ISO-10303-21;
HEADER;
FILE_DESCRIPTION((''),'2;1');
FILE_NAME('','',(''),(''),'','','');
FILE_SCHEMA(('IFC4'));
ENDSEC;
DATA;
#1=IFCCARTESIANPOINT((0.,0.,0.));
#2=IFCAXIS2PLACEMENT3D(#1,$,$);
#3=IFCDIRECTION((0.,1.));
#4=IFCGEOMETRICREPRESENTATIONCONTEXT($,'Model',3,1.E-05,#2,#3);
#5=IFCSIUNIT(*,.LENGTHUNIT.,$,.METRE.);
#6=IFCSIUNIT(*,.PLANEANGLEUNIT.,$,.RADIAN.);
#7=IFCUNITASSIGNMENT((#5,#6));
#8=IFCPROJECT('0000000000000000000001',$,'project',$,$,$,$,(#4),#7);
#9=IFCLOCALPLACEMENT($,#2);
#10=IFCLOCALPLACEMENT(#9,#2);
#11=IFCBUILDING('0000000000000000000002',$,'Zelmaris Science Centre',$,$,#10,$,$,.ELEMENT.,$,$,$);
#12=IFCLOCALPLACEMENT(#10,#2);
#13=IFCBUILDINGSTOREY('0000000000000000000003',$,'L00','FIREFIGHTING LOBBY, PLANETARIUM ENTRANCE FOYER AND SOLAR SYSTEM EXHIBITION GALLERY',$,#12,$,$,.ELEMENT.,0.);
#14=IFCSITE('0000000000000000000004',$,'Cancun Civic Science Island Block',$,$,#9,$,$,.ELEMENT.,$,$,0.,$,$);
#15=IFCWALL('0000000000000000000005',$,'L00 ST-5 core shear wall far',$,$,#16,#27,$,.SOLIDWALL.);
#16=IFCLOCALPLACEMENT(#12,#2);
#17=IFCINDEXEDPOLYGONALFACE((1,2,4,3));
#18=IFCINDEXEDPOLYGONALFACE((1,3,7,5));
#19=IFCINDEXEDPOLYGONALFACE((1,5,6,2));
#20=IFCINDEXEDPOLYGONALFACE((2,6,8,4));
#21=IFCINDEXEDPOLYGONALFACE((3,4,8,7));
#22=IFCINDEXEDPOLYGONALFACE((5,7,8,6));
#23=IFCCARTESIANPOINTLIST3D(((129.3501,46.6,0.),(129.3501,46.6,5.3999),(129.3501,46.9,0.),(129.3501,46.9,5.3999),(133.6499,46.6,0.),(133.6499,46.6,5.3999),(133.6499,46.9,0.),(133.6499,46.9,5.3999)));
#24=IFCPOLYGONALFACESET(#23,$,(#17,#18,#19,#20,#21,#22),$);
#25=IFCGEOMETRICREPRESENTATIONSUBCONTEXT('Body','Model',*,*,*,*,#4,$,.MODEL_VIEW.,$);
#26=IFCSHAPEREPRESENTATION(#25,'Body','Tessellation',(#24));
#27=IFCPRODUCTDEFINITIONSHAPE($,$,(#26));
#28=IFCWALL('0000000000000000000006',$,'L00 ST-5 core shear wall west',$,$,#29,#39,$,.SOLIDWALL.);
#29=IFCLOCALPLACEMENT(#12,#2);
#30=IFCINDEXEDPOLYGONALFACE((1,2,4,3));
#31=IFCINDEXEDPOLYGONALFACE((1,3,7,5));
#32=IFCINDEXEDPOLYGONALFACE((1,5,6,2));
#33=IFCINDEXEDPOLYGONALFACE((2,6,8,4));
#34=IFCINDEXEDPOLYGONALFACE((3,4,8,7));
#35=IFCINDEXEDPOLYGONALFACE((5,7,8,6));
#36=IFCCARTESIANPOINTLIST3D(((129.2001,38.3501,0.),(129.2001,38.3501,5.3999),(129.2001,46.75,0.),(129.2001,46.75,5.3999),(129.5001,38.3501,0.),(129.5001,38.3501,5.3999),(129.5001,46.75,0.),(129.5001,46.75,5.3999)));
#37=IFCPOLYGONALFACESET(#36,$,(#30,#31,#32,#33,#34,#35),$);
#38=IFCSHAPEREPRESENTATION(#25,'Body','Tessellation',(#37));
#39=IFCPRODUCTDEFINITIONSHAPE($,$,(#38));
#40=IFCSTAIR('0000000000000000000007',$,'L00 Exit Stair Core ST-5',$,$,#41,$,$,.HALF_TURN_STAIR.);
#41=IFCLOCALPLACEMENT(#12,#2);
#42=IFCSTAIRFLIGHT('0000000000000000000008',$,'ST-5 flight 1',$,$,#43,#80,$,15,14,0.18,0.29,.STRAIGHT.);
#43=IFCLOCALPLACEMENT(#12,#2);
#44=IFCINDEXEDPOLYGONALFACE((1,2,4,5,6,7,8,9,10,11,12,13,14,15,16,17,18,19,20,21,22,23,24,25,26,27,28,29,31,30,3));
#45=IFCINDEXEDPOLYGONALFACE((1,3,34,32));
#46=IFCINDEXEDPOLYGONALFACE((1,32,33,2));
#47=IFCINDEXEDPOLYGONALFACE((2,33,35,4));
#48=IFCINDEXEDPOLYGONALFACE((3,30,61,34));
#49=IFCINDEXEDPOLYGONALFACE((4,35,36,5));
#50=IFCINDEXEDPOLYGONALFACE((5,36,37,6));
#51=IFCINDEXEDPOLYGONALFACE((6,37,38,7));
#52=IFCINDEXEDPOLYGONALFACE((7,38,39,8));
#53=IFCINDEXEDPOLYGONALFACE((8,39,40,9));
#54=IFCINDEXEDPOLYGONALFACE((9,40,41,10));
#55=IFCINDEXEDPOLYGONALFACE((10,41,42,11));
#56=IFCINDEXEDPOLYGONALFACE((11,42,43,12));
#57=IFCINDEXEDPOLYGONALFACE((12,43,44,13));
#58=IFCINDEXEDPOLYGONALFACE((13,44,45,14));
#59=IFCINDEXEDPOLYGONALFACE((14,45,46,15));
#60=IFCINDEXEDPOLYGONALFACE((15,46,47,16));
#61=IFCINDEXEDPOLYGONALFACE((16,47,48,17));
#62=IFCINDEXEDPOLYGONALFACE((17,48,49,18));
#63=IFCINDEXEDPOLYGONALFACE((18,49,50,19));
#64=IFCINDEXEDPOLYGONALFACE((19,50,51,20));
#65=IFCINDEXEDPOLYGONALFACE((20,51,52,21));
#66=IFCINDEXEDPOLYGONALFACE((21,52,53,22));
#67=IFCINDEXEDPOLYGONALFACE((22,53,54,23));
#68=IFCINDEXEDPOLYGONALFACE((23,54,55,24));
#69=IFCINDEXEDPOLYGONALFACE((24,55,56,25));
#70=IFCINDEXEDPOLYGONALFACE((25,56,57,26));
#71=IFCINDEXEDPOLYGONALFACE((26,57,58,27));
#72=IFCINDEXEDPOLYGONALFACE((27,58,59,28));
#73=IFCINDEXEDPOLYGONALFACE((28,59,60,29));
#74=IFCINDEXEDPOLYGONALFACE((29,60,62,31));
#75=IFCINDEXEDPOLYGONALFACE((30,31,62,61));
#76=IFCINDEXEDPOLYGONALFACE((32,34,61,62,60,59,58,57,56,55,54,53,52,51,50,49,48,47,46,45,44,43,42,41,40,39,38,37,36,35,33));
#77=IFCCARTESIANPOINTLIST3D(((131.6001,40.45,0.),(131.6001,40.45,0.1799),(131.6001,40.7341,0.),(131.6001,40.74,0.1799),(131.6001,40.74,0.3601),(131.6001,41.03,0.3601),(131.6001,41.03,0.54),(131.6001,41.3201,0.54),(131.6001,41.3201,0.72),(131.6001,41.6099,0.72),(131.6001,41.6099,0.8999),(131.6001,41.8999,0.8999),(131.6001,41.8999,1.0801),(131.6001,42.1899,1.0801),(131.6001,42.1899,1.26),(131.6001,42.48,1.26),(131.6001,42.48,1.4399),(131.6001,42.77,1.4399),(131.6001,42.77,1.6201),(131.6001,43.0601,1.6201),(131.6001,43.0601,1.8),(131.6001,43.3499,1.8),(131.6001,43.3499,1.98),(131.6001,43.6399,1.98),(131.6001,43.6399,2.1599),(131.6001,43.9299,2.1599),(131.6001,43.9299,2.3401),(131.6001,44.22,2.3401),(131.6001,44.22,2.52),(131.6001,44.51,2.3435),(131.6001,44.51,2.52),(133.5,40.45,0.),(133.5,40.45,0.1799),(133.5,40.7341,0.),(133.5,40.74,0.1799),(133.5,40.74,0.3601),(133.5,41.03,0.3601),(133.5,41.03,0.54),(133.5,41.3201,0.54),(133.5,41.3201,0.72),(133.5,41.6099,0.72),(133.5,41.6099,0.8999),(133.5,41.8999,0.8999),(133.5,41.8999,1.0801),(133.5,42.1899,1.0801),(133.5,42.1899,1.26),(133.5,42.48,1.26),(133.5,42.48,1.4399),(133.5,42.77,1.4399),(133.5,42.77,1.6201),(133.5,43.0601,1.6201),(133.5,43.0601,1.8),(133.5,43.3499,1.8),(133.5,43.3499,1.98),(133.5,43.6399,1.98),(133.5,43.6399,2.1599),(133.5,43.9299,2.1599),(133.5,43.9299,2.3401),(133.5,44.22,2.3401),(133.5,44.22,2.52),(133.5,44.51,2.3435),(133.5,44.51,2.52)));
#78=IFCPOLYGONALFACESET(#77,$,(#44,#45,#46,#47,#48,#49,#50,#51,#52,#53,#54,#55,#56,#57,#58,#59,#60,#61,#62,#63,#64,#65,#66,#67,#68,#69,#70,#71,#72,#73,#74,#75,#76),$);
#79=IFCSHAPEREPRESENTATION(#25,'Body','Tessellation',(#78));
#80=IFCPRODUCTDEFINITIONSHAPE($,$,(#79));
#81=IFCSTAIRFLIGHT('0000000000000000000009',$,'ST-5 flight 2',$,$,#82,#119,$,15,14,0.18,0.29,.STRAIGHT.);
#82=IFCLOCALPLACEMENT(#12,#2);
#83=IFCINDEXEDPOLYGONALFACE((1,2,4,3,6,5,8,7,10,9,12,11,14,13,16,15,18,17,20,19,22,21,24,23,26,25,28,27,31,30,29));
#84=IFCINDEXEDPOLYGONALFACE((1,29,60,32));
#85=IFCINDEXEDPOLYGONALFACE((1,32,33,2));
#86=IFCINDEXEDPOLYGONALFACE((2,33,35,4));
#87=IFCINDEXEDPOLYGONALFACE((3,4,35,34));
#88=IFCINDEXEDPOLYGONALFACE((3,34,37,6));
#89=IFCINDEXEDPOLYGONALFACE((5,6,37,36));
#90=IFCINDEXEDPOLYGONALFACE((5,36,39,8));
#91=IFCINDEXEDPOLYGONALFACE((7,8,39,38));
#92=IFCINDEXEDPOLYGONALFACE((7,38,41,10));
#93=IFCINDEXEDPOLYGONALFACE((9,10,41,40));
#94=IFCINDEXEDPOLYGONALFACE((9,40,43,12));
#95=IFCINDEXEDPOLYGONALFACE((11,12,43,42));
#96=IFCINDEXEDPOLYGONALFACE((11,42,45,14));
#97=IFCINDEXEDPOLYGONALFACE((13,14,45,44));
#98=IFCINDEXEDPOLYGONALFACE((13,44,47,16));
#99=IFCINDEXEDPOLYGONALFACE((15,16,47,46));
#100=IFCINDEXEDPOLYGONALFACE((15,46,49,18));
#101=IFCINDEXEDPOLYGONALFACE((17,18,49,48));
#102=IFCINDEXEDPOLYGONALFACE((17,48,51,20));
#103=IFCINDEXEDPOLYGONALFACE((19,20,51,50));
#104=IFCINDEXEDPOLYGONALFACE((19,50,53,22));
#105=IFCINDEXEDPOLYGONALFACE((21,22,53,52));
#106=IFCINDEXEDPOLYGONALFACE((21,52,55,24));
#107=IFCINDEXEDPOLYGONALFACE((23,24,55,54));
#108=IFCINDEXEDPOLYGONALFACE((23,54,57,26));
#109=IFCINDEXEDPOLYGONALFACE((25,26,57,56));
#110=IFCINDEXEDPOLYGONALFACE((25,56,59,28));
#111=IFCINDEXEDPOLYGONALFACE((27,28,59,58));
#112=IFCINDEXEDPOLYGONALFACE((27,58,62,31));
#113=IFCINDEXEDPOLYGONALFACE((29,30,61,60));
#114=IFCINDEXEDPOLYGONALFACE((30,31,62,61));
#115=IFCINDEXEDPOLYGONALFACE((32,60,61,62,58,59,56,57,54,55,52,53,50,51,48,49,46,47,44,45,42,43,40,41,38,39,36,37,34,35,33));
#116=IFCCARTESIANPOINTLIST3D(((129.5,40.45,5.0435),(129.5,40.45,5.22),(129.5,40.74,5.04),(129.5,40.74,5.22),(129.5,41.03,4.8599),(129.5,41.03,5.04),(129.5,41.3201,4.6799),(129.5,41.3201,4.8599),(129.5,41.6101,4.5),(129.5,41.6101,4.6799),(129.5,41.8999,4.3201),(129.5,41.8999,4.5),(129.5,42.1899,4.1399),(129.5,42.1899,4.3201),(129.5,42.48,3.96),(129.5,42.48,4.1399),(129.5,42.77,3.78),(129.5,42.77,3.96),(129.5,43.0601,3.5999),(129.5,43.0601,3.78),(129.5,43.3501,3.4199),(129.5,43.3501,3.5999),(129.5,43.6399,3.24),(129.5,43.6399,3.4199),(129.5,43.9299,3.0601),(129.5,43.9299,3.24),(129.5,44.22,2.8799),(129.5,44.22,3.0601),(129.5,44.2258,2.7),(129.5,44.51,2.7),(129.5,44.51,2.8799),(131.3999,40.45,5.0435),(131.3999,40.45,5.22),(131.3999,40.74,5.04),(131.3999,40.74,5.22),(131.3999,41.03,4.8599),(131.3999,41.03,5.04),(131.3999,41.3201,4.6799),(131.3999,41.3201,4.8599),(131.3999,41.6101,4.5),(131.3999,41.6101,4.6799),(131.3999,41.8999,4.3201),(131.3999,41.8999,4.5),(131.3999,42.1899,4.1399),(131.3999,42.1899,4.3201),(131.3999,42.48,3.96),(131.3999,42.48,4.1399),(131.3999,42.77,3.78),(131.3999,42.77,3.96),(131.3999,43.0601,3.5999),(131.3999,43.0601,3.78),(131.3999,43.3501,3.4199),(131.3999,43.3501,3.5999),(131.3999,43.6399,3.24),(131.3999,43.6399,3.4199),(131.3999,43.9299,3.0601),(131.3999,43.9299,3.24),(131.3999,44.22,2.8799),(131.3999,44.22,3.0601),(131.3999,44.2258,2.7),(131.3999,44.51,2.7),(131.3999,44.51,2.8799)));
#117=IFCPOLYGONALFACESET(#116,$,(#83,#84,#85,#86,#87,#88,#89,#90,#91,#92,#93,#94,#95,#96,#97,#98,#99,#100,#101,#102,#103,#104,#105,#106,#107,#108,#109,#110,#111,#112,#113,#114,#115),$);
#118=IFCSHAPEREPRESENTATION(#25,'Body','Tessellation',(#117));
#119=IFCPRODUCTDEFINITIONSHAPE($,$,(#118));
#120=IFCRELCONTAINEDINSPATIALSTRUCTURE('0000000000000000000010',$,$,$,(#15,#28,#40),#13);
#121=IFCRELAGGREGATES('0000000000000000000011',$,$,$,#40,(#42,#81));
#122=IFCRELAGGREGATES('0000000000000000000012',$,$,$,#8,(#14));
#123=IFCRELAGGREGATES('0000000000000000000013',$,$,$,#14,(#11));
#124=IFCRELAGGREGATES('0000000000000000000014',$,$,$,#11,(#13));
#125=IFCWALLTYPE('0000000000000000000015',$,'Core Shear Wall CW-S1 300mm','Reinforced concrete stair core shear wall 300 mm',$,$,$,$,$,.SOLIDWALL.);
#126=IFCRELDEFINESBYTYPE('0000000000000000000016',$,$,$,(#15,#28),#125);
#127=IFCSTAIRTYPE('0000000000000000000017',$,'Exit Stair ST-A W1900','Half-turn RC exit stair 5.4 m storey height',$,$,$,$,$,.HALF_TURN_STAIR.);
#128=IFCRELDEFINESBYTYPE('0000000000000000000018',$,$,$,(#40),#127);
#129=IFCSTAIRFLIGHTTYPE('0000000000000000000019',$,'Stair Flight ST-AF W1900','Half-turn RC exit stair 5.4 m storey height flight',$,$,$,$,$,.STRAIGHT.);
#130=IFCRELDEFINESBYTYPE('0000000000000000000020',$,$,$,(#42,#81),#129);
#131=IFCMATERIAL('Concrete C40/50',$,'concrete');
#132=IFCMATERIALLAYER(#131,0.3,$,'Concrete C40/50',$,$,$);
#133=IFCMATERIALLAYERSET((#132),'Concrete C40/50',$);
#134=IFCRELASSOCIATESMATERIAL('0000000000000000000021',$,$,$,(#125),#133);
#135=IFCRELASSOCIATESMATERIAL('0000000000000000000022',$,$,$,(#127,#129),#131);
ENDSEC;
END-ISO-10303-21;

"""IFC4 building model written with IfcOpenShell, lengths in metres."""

from ifc_helpers import new_model, si_unit, direction, frame, frame_2d, origin, place, context, subcontext, project, spatial, polyline, rectangle, outline, extrude, material, layer, layer_set, type_object, element, aggregate, save


model = new_model("IFC4")

# Units and contexts
model_context = context("Model", 3, precision=1e-05, world=origin(), true_north=direction((0.0, 1.0)))
body_context = subcontext(model_context, "Body", "Model", "MODEL_VIEW")
ifc_project = project(units=[si_unit("LENGTHUNIT", "METRE"), si_unit("PLANEANGLEUNIT", "RADIAN")], contexts=[model_context])

# Site, building, storey
site_placement = place(None, origin())
site = spatial("IfcSite", under=ifc_project, at=site_placement, Name="Cancun Civic Science Island Block", CompositionType="ELEMENT", RefElevation=0.0)
building_placement = place(site_placement, origin())
building = spatial("IfcBuilding", under=site, at=building_placement, Name="Zelmaris Science Centre", CompositionType="ELEMENT")
storey_placement = place(building_placement, origin())
storey = spatial("IfcBuildingStorey", under=building, at=storey_placement, Name="L00", Description="FIREFIGHTING LOBBY, PLANETARIUM ENTRANCE FOYER AND SOLAR SYSTEM EXHIBITION GALLERY", CompositionType="ELEMENT", Elevation=0.0)

# Shared definitions
ifc_material_1 = material(Name="Concrete C40/50", Category="concrete")
ifc_layer_1 = layer(ifc_material_1, 0.3, Name="Concrete C40/50")
ifc_layer_set_1 = layer_set([ifc_layer_1], Name="Concrete C40/50")
wall_type = type_object("IfcWallType", Name="Core Shear Wall CW-S1 300mm", Description="Reinforced concrete stair core shear wall 300 mm", PredefinedType="SOLIDWALL", material=ifc_layer_set_1)

# Walls
wall_1_placement = place(storey_placement, frame((133.6499, 46.75, 0.0), z_axis=(0.0, 0.0, 1.0), x_axis=(-1.0, 0.0, 0.0)))
element("IfcWall", 1, at=wall_1_placement, inside=storey, type_object=wall_type, Name="L00 ST-5 core shear wall far", PredefinedType="SOLIDWALL", context=body_context, shape_type="SweptSolid", body=[
    extrude(rectangle(XDim=4.2998, YDim=0.3, at=frame_2d((2.1499, 0.0))), origin(), (0.0, 0.0, 1.0), 5.3999),
])
wall_2_placement = place(storey_placement, frame((129.3501, 38.3501, 0.0), z_axis=(0.0, 0.0, 1.0), x_axis=(0.0, 1.0, 0.0)))
element("IfcWall", 2, at=wall_2_placement, inside=storey, type_object=wall_type, Name="L00 ST-5 core shear wall west", PredefinedType="SOLIDWALL", context=body_context, shape_type="SweptSolid", body=[
    extrude(rectangle(XDim=8.3999, YDim=0.3, at=frame_2d((4.2, 0.0))), origin(), (0.0, 0.0, 1.0), 5.3999),
])

# Stair, stair flights
stair_type = type_object("IfcStairType", Name="Exit Stair ST-A W1900", Description="Half-turn RC exit stair 5.4 m storey height", PredefinedType="HALF_TURN_STAIR", material=ifc_material_1)
stair_placement = place(storey_placement, origin())
stair = element("IfcStair", 3, at=stair_placement, inside=storey, type_object=stair_type, Name="L00 Exit Stair Core ST-5", PredefinedType="HALF_TURN_STAIR")
stair_flight_type = type_object("IfcStairFlightType", Name="Stair Flight ST-AF W1900", Description="Half-turn RC exit stair 5.4 m storey height flight", PredefinedType="STRAIGHT", material=ifc_material_1)
stair_flight_1_placement = place(storey_placement, frame((132.55, 40.45, 0.0), z_axis=(0.0, 0.0, 1.0), x_axis=(0.0, 1.0, 0.0)))
stair_flight_1 = element("IfcStairFlight", 4, at=stair_flight_1_placement, type_object=stair_flight_type, Name="ST-5 flight 1", NumberOfRisers=15, NumberOfTreads=14, PredefinedType="STRAIGHT", RiserHeight=0.18, TreadLength=0.29, context=body_context, shape_type="SweptSolid", body=[
    extrude(outline(polyline([(0.0, 0.0), (0.0, 0.1799), (0.29, 0.1799), (0.29, 0.3601), (0.5801, 0.3601), (0.5801, 0.54), (0.8701, 0.54), (0.8701, 0.72), (1.1599, 0.72), (1.1599, 0.8999), (1.45, 0.8999), (1.45, 1.0801), (1.74, 1.0801), (1.74, 1.26), (2.03, 1.26), (2.03, 1.4399), (2.3201, 1.4399), (2.3201, 1.6201), (2.6101, 1.6201), (2.6101, 1.8), (2.8999, 1.8), (2.8999, 1.98), (3.1899, 1.98), (3.1899, 2.1599), (3.48, 2.1599), (3.48, 2.3401), (3.77, 2.3401), (3.77, 2.52), (4.0601, 2.52), (4.0601, 2.7), (4.0601, 2.3435), (0.2842, 0.0), (0.0, 0.0)])), frame((0.0, 0.95, 0.0), z_axis=(0.0, -1.0, 0.0), x_axis=(1.0, 0.0, 0.0)), (0.0, 0.0, 1.0), 1.8999),
])
stair_flight_2_placement = place(storey_placement, frame((130.45, 44.51, 2.7), z_axis=(0.0, 0.0, 1.0), x_axis=(0.0, -1.0, 0.0)))
stair_flight_2 = element("IfcStairFlight", 5, at=stair_flight_2_placement, type_object=stair_flight_type, Name="ST-5 flight 2", NumberOfRisers=15, NumberOfTreads=14, PredefinedType="STRAIGHT", RiserHeight=0.18, TreadLength=0.29, context=body_context, shape_type="SweptSolid", body=[
    extrude(outline(polyline([(0.0, 0.0), (0.0, 0.1799), (0.29, 0.1799), (0.29, 0.3601), (0.5801, 0.3601), (0.5801, 0.54), (0.8701, 0.54), (0.8701, 0.72), (1.1599, 0.72), (1.1599, 0.8999), (1.45, 0.8999), (1.45, 1.0801), (1.74, 1.0801), (1.74, 1.26), (2.03, 1.26), (2.03, 1.4399), (2.3201, 1.4399), (2.3201, 1.6201), (2.6101, 1.6201), (2.6101, 1.8), (2.8999, 1.8), (2.8999, 1.98), (3.1899, 1.98), (3.1899, 2.1599), (3.48, 2.1599), (3.48, 2.3401), (3.77, 2.3401), (3.77, 2.52), (4.0601, 2.52), (4.0601, 2.7), (4.0601, 2.3435), (0.2842, 0.0), (0.0, 0.0)])), frame((0.0, 0.95, 0.0), z_axis=(0.0, -1.0, 0.0), x_axis=(1.0, 0.0, 0.0)), (0.0, 0.0, 1.0), 1.8999),
])
aggregate(stair, [stair_flight_1, stair_flight_2])

save(model, "model.ifc")
